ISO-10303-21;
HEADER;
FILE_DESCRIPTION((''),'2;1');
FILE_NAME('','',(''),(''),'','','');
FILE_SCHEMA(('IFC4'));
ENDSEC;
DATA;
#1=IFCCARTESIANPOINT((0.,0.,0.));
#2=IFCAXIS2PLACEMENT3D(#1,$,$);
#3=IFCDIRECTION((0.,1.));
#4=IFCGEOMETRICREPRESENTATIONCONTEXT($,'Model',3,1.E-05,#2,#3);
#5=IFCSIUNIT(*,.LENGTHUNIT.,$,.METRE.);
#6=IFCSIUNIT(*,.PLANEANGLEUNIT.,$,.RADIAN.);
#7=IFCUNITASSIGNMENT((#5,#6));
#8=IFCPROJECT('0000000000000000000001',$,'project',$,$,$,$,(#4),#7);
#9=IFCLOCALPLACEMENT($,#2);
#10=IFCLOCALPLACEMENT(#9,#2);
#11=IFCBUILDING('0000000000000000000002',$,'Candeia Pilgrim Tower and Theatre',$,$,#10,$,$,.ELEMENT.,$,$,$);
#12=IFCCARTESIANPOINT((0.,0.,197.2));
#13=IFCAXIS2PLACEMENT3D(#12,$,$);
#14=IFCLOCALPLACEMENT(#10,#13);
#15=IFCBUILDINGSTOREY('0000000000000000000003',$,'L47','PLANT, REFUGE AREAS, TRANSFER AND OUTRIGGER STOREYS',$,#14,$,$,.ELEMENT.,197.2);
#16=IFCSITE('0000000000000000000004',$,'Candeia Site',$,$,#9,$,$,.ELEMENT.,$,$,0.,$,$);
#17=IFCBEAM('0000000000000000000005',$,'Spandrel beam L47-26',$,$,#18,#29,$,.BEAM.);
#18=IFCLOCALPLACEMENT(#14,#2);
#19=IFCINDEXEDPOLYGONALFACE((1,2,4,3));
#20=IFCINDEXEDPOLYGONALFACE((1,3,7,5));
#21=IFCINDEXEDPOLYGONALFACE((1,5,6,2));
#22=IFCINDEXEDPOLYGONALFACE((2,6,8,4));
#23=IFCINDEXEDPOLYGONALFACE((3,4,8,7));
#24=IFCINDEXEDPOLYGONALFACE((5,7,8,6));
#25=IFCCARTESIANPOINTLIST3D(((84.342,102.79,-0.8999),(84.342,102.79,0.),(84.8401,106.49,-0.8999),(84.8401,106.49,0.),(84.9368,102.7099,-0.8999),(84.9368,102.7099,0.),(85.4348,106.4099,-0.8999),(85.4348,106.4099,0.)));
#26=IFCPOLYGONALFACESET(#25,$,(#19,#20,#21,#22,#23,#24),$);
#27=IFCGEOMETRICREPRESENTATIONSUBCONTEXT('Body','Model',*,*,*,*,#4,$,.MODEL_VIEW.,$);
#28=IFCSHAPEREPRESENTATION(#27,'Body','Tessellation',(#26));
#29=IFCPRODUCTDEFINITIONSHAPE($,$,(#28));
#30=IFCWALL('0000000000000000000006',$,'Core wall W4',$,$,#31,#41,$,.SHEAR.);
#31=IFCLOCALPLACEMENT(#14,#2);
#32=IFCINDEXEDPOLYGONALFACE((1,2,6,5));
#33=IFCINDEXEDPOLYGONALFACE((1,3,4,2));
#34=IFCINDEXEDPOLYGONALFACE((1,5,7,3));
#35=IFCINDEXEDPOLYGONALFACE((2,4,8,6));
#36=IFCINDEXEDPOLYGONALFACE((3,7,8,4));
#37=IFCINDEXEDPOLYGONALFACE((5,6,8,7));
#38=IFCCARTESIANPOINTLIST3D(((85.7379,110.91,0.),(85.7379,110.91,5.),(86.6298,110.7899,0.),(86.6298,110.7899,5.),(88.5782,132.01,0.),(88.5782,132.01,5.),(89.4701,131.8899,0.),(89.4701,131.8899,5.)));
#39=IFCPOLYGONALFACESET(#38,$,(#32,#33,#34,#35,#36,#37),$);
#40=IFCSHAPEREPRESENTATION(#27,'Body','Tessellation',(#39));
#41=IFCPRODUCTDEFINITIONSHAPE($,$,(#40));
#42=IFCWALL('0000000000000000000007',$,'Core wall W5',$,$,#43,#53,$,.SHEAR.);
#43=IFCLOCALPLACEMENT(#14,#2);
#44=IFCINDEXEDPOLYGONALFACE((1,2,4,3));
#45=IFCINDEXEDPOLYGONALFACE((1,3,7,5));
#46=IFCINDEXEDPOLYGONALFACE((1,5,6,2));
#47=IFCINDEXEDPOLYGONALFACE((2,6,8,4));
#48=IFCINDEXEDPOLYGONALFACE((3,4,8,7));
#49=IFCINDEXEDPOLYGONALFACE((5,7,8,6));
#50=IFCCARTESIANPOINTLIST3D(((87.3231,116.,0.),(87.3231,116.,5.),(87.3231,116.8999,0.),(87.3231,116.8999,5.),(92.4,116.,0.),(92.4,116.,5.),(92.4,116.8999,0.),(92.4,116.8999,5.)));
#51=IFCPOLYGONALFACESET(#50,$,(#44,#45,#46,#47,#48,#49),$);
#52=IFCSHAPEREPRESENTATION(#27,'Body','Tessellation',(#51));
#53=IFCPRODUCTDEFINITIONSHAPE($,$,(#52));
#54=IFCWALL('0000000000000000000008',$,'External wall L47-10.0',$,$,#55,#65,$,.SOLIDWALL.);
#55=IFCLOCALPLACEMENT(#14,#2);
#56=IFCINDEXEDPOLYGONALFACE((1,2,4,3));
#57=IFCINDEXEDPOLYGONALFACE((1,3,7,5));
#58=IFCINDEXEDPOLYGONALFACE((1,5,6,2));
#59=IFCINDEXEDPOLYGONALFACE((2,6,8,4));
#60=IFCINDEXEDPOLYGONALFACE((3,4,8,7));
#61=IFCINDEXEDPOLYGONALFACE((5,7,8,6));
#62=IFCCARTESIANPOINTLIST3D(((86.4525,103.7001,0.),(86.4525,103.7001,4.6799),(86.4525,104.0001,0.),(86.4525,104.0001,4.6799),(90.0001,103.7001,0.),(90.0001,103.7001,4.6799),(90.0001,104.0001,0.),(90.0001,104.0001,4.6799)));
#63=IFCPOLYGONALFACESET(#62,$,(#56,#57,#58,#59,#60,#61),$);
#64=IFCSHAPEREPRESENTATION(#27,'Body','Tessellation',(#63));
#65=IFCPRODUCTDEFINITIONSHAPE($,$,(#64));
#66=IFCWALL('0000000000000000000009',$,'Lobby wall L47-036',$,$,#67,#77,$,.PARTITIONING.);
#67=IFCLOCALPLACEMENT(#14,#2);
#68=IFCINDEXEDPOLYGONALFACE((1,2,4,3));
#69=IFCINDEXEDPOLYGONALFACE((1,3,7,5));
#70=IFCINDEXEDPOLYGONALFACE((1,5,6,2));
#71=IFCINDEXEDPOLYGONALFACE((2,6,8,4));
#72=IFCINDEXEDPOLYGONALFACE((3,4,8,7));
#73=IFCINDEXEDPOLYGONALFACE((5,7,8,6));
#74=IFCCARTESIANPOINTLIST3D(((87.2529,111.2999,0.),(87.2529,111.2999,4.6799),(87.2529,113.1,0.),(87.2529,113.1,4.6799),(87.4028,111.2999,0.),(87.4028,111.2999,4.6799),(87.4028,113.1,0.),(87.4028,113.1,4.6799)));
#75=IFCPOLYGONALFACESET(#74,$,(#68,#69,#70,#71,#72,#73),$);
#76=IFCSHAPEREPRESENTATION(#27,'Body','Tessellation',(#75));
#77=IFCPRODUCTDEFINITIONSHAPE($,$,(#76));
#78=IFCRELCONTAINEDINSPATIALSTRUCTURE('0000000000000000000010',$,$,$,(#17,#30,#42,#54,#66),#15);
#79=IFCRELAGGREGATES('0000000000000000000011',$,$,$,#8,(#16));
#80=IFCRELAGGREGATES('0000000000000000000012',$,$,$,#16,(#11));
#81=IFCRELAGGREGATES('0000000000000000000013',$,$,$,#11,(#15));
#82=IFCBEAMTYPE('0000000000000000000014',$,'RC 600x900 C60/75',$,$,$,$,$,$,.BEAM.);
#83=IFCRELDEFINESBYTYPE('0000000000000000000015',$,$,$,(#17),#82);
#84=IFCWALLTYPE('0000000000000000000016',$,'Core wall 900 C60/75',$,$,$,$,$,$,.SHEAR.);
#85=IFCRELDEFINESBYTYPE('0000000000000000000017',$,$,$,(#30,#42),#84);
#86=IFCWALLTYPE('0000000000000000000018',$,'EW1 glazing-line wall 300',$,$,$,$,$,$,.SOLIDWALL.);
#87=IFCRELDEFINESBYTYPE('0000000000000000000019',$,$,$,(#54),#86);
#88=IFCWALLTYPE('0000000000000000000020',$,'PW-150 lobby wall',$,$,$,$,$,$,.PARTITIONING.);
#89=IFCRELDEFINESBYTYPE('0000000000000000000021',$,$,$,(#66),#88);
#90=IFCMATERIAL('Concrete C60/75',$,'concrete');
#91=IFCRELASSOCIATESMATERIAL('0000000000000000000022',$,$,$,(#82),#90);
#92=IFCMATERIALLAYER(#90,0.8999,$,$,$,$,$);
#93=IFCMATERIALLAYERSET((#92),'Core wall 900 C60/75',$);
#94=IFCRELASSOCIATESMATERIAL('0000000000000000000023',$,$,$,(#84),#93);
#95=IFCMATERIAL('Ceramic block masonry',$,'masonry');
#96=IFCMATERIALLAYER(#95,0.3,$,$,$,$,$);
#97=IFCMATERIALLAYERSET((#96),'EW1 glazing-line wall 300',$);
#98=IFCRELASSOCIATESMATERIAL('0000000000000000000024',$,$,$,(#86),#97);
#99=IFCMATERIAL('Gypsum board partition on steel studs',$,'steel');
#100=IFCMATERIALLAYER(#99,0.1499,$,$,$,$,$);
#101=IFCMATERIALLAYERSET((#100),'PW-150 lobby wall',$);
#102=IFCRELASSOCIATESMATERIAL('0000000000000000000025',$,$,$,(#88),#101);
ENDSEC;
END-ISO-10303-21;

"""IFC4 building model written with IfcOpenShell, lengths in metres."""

from ifc_helpers import new_model, si_unit, direction, frame, frame_2d, origin, origin_2d, place, context, subcontext, project, spatial, rectangle, extrude, material, layer, layer_set, material_profile, profile_set, type_object, element, save


model = new_model("IFC4")

# Units and contexts
model_context = context("Model", 3, precision=1e-05, world=origin(), true_north=direction((0.0, 1.0)))
body_context = subcontext(model_context, "Body", "Model", "MODEL_VIEW")
ifc_project = project(units=[si_unit("LENGTHUNIT", "METRE"), si_unit("PLANEANGLEUNIT", "RADIAN")], contexts=[model_context])

# Site, building, storey
site_placement = place(None, origin())
site = spatial("IfcSite", under=ifc_project, at=site_placement, Name="Candeia Site", CompositionType="ELEMENT", RefElevation=0.0)
building_placement = place(site_placement, origin())
building = spatial("IfcBuilding", under=site, at=building_placement, Name="Candeia Pilgrim Tower and Theatre", CompositionType="ELEMENT")
storey_placement = place(building_placement, frame((0.0, 0.0, 197.2)))
storey = spatial("IfcBuildingStorey", under=building, at=storey_placement, Name="L47", Description="PLANT, REFUGE AREAS, TRANSFER AND OUTRIGGER STOREYS", CompositionType="ELEMENT", Elevation=197.2)

# Shared definitions
ifc_material_1 = material(Name="Concrete C60/75", Category="concrete")

# Beam
ifc_material_profile_1 = material_profile(ifc_material_1, rectangle(XDim=0.6001, YDim=0.8999, at=origin_2d()))
ifc_profile_set_1 = profile_set([ifc_material_profile_1], Name="Concrete C60/75")
beam_type = type_object("IfcBeamType", Name="RC 600x900 C60/75", PredefinedType="BEAM", material=ifc_profile_set_1)
beam_1_placement = place(storey_placement, frame((85.1375, 106.45, -0.45), z_axis=(-0.133406, -0.991061, 0.0), x_axis=(0.991061, -0.133406, 0.0)))
element("IfcBeam", 1, at=beam_1_placement, inside=storey, type_object=beam_type, Name="Spandrel beam L47-26", PredefinedType="BEAM", context=body_context, shape_type="SweptSolid", body=[
    extrude(rectangle(XDim=0.6001, YDim=0.8999, at=origin_2d()), origin(), (0.0, 0.0, 1.0), 3.7334),
])

# Walls
ifc_layer_1 = layer(ifc_material_1, 0.8999)
ifc_layer_set_1 = layer_set([ifc_layer_1], Name="Core wall 900 C60/75")
wall_type_1 = type_object("IfcWallType", Name="Core wall 900 C60/75", PredefinedType="SHEAR", material=ifc_layer_set_1)
wall_1_placement = place(storey_placement, frame((86.1838, 110.8501, 0.0), z_axis=(0.0, 0.0, 1.0), x_axis=(0.13341, 0.991061, 0.0)))
element("IfcWall", 2, at=wall_1_placement, inside=storey, type_object=wall_type_1, Name="Core wall W4", PredefinedType="SHEAR", context=body_context, shape_type="SweptSolid", body=[
    extrude(rectangle(XDim=21.2903, YDim=0.8999, at=frame_2d((10.645, 0.0))), origin(), (0.0, 0.0, 1.0), 5.0),
])
wall_2_placement = place(storey_placement, frame((87.323, 116.45, 0.0), z_axis=(0.0, 0.0, 1.0), x_axis=(1.0, 0.0, 0.0)))
element("IfcWall", 3, at=wall_2_placement, inside=storey, type_object=wall_type_1, Name="Core wall W5", PredefinedType="SHEAR", context=body_context, shape_type="SweptSolid", body=[
    extrude(rectangle(XDim=5.0769, YDim=0.8999, at=frame_2d((2.5386, 0.0))), origin(), (0.0, 0.0, 1.0), 5.0),
])

# Shared definitions
ifc_material_2 = material(Name="Ceramic block masonry", Category="masonry")
ifc_layer_2 = layer(ifc_material_2, 0.3)
ifc_layer_set_2 = layer_set([ifc_layer_2], Name="EW1 glazing-line wall 300")
wall_type_2 = type_object("IfcWallType", Name="EW1 glazing-line wall 300", PredefinedType="SOLIDWALL", material=ifc_layer_set_2)

# Walls
wall_3_placement = place(storey_placement, frame((86.4524, 103.8501, 0.0), z_axis=(0.0, 0.0, 1.0), x_axis=(1.0, 0.0, 0.0)))
element("IfcWall", 4, at=wall_3_placement, inside=storey, type_object=wall_type_2, Name="External wall L47-10.0", PredefinedType="SOLIDWALL", context=body_context, shape_type="SweptSolid", body=[
    extrude(rectangle(XDim=3.5476, YDim=0.3, at=frame_2d((1.7739, 0.0))), origin(), (0.0, 0.0, 1.0), 4.6799),
])
ifc_material_3 = material(Name="Gypsum board partition on steel studs", Category="steel")
ifc_layer_3 = layer(ifc_material_3, 0.1499)
ifc_layer_set_3 = layer_set([ifc_layer_3], Name="PW-150 lobby wall")
wall_type_3 = type_object("IfcWallType", Name="PW-150 lobby wall", PredefinedType="PARTITIONING", material=ifc_layer_set_3)
wall_4_placement = place(storey_placement, frame((87.3279, 111.3, 0.0), z_axis=(0.0, 0.0, 1.0), x_axis=(0.0, 1.0, 0.0)))
element("IfcWall", 5, at=wall_4_placement, inside=storey, type_object=wall_type_3, Name="Lobby wall L47-036", PredefinedType="PARTITIONING", context=body_context, shape_type="SweptSolid", body=[
    extrude(rectangle(XDim=1.8, YDim=0.1499, at=frame_2d((0.8999, 0.0))), origin(), (0.0, 0.0, 1.0), 4.6799),
])

save(model, "model.ifc")
